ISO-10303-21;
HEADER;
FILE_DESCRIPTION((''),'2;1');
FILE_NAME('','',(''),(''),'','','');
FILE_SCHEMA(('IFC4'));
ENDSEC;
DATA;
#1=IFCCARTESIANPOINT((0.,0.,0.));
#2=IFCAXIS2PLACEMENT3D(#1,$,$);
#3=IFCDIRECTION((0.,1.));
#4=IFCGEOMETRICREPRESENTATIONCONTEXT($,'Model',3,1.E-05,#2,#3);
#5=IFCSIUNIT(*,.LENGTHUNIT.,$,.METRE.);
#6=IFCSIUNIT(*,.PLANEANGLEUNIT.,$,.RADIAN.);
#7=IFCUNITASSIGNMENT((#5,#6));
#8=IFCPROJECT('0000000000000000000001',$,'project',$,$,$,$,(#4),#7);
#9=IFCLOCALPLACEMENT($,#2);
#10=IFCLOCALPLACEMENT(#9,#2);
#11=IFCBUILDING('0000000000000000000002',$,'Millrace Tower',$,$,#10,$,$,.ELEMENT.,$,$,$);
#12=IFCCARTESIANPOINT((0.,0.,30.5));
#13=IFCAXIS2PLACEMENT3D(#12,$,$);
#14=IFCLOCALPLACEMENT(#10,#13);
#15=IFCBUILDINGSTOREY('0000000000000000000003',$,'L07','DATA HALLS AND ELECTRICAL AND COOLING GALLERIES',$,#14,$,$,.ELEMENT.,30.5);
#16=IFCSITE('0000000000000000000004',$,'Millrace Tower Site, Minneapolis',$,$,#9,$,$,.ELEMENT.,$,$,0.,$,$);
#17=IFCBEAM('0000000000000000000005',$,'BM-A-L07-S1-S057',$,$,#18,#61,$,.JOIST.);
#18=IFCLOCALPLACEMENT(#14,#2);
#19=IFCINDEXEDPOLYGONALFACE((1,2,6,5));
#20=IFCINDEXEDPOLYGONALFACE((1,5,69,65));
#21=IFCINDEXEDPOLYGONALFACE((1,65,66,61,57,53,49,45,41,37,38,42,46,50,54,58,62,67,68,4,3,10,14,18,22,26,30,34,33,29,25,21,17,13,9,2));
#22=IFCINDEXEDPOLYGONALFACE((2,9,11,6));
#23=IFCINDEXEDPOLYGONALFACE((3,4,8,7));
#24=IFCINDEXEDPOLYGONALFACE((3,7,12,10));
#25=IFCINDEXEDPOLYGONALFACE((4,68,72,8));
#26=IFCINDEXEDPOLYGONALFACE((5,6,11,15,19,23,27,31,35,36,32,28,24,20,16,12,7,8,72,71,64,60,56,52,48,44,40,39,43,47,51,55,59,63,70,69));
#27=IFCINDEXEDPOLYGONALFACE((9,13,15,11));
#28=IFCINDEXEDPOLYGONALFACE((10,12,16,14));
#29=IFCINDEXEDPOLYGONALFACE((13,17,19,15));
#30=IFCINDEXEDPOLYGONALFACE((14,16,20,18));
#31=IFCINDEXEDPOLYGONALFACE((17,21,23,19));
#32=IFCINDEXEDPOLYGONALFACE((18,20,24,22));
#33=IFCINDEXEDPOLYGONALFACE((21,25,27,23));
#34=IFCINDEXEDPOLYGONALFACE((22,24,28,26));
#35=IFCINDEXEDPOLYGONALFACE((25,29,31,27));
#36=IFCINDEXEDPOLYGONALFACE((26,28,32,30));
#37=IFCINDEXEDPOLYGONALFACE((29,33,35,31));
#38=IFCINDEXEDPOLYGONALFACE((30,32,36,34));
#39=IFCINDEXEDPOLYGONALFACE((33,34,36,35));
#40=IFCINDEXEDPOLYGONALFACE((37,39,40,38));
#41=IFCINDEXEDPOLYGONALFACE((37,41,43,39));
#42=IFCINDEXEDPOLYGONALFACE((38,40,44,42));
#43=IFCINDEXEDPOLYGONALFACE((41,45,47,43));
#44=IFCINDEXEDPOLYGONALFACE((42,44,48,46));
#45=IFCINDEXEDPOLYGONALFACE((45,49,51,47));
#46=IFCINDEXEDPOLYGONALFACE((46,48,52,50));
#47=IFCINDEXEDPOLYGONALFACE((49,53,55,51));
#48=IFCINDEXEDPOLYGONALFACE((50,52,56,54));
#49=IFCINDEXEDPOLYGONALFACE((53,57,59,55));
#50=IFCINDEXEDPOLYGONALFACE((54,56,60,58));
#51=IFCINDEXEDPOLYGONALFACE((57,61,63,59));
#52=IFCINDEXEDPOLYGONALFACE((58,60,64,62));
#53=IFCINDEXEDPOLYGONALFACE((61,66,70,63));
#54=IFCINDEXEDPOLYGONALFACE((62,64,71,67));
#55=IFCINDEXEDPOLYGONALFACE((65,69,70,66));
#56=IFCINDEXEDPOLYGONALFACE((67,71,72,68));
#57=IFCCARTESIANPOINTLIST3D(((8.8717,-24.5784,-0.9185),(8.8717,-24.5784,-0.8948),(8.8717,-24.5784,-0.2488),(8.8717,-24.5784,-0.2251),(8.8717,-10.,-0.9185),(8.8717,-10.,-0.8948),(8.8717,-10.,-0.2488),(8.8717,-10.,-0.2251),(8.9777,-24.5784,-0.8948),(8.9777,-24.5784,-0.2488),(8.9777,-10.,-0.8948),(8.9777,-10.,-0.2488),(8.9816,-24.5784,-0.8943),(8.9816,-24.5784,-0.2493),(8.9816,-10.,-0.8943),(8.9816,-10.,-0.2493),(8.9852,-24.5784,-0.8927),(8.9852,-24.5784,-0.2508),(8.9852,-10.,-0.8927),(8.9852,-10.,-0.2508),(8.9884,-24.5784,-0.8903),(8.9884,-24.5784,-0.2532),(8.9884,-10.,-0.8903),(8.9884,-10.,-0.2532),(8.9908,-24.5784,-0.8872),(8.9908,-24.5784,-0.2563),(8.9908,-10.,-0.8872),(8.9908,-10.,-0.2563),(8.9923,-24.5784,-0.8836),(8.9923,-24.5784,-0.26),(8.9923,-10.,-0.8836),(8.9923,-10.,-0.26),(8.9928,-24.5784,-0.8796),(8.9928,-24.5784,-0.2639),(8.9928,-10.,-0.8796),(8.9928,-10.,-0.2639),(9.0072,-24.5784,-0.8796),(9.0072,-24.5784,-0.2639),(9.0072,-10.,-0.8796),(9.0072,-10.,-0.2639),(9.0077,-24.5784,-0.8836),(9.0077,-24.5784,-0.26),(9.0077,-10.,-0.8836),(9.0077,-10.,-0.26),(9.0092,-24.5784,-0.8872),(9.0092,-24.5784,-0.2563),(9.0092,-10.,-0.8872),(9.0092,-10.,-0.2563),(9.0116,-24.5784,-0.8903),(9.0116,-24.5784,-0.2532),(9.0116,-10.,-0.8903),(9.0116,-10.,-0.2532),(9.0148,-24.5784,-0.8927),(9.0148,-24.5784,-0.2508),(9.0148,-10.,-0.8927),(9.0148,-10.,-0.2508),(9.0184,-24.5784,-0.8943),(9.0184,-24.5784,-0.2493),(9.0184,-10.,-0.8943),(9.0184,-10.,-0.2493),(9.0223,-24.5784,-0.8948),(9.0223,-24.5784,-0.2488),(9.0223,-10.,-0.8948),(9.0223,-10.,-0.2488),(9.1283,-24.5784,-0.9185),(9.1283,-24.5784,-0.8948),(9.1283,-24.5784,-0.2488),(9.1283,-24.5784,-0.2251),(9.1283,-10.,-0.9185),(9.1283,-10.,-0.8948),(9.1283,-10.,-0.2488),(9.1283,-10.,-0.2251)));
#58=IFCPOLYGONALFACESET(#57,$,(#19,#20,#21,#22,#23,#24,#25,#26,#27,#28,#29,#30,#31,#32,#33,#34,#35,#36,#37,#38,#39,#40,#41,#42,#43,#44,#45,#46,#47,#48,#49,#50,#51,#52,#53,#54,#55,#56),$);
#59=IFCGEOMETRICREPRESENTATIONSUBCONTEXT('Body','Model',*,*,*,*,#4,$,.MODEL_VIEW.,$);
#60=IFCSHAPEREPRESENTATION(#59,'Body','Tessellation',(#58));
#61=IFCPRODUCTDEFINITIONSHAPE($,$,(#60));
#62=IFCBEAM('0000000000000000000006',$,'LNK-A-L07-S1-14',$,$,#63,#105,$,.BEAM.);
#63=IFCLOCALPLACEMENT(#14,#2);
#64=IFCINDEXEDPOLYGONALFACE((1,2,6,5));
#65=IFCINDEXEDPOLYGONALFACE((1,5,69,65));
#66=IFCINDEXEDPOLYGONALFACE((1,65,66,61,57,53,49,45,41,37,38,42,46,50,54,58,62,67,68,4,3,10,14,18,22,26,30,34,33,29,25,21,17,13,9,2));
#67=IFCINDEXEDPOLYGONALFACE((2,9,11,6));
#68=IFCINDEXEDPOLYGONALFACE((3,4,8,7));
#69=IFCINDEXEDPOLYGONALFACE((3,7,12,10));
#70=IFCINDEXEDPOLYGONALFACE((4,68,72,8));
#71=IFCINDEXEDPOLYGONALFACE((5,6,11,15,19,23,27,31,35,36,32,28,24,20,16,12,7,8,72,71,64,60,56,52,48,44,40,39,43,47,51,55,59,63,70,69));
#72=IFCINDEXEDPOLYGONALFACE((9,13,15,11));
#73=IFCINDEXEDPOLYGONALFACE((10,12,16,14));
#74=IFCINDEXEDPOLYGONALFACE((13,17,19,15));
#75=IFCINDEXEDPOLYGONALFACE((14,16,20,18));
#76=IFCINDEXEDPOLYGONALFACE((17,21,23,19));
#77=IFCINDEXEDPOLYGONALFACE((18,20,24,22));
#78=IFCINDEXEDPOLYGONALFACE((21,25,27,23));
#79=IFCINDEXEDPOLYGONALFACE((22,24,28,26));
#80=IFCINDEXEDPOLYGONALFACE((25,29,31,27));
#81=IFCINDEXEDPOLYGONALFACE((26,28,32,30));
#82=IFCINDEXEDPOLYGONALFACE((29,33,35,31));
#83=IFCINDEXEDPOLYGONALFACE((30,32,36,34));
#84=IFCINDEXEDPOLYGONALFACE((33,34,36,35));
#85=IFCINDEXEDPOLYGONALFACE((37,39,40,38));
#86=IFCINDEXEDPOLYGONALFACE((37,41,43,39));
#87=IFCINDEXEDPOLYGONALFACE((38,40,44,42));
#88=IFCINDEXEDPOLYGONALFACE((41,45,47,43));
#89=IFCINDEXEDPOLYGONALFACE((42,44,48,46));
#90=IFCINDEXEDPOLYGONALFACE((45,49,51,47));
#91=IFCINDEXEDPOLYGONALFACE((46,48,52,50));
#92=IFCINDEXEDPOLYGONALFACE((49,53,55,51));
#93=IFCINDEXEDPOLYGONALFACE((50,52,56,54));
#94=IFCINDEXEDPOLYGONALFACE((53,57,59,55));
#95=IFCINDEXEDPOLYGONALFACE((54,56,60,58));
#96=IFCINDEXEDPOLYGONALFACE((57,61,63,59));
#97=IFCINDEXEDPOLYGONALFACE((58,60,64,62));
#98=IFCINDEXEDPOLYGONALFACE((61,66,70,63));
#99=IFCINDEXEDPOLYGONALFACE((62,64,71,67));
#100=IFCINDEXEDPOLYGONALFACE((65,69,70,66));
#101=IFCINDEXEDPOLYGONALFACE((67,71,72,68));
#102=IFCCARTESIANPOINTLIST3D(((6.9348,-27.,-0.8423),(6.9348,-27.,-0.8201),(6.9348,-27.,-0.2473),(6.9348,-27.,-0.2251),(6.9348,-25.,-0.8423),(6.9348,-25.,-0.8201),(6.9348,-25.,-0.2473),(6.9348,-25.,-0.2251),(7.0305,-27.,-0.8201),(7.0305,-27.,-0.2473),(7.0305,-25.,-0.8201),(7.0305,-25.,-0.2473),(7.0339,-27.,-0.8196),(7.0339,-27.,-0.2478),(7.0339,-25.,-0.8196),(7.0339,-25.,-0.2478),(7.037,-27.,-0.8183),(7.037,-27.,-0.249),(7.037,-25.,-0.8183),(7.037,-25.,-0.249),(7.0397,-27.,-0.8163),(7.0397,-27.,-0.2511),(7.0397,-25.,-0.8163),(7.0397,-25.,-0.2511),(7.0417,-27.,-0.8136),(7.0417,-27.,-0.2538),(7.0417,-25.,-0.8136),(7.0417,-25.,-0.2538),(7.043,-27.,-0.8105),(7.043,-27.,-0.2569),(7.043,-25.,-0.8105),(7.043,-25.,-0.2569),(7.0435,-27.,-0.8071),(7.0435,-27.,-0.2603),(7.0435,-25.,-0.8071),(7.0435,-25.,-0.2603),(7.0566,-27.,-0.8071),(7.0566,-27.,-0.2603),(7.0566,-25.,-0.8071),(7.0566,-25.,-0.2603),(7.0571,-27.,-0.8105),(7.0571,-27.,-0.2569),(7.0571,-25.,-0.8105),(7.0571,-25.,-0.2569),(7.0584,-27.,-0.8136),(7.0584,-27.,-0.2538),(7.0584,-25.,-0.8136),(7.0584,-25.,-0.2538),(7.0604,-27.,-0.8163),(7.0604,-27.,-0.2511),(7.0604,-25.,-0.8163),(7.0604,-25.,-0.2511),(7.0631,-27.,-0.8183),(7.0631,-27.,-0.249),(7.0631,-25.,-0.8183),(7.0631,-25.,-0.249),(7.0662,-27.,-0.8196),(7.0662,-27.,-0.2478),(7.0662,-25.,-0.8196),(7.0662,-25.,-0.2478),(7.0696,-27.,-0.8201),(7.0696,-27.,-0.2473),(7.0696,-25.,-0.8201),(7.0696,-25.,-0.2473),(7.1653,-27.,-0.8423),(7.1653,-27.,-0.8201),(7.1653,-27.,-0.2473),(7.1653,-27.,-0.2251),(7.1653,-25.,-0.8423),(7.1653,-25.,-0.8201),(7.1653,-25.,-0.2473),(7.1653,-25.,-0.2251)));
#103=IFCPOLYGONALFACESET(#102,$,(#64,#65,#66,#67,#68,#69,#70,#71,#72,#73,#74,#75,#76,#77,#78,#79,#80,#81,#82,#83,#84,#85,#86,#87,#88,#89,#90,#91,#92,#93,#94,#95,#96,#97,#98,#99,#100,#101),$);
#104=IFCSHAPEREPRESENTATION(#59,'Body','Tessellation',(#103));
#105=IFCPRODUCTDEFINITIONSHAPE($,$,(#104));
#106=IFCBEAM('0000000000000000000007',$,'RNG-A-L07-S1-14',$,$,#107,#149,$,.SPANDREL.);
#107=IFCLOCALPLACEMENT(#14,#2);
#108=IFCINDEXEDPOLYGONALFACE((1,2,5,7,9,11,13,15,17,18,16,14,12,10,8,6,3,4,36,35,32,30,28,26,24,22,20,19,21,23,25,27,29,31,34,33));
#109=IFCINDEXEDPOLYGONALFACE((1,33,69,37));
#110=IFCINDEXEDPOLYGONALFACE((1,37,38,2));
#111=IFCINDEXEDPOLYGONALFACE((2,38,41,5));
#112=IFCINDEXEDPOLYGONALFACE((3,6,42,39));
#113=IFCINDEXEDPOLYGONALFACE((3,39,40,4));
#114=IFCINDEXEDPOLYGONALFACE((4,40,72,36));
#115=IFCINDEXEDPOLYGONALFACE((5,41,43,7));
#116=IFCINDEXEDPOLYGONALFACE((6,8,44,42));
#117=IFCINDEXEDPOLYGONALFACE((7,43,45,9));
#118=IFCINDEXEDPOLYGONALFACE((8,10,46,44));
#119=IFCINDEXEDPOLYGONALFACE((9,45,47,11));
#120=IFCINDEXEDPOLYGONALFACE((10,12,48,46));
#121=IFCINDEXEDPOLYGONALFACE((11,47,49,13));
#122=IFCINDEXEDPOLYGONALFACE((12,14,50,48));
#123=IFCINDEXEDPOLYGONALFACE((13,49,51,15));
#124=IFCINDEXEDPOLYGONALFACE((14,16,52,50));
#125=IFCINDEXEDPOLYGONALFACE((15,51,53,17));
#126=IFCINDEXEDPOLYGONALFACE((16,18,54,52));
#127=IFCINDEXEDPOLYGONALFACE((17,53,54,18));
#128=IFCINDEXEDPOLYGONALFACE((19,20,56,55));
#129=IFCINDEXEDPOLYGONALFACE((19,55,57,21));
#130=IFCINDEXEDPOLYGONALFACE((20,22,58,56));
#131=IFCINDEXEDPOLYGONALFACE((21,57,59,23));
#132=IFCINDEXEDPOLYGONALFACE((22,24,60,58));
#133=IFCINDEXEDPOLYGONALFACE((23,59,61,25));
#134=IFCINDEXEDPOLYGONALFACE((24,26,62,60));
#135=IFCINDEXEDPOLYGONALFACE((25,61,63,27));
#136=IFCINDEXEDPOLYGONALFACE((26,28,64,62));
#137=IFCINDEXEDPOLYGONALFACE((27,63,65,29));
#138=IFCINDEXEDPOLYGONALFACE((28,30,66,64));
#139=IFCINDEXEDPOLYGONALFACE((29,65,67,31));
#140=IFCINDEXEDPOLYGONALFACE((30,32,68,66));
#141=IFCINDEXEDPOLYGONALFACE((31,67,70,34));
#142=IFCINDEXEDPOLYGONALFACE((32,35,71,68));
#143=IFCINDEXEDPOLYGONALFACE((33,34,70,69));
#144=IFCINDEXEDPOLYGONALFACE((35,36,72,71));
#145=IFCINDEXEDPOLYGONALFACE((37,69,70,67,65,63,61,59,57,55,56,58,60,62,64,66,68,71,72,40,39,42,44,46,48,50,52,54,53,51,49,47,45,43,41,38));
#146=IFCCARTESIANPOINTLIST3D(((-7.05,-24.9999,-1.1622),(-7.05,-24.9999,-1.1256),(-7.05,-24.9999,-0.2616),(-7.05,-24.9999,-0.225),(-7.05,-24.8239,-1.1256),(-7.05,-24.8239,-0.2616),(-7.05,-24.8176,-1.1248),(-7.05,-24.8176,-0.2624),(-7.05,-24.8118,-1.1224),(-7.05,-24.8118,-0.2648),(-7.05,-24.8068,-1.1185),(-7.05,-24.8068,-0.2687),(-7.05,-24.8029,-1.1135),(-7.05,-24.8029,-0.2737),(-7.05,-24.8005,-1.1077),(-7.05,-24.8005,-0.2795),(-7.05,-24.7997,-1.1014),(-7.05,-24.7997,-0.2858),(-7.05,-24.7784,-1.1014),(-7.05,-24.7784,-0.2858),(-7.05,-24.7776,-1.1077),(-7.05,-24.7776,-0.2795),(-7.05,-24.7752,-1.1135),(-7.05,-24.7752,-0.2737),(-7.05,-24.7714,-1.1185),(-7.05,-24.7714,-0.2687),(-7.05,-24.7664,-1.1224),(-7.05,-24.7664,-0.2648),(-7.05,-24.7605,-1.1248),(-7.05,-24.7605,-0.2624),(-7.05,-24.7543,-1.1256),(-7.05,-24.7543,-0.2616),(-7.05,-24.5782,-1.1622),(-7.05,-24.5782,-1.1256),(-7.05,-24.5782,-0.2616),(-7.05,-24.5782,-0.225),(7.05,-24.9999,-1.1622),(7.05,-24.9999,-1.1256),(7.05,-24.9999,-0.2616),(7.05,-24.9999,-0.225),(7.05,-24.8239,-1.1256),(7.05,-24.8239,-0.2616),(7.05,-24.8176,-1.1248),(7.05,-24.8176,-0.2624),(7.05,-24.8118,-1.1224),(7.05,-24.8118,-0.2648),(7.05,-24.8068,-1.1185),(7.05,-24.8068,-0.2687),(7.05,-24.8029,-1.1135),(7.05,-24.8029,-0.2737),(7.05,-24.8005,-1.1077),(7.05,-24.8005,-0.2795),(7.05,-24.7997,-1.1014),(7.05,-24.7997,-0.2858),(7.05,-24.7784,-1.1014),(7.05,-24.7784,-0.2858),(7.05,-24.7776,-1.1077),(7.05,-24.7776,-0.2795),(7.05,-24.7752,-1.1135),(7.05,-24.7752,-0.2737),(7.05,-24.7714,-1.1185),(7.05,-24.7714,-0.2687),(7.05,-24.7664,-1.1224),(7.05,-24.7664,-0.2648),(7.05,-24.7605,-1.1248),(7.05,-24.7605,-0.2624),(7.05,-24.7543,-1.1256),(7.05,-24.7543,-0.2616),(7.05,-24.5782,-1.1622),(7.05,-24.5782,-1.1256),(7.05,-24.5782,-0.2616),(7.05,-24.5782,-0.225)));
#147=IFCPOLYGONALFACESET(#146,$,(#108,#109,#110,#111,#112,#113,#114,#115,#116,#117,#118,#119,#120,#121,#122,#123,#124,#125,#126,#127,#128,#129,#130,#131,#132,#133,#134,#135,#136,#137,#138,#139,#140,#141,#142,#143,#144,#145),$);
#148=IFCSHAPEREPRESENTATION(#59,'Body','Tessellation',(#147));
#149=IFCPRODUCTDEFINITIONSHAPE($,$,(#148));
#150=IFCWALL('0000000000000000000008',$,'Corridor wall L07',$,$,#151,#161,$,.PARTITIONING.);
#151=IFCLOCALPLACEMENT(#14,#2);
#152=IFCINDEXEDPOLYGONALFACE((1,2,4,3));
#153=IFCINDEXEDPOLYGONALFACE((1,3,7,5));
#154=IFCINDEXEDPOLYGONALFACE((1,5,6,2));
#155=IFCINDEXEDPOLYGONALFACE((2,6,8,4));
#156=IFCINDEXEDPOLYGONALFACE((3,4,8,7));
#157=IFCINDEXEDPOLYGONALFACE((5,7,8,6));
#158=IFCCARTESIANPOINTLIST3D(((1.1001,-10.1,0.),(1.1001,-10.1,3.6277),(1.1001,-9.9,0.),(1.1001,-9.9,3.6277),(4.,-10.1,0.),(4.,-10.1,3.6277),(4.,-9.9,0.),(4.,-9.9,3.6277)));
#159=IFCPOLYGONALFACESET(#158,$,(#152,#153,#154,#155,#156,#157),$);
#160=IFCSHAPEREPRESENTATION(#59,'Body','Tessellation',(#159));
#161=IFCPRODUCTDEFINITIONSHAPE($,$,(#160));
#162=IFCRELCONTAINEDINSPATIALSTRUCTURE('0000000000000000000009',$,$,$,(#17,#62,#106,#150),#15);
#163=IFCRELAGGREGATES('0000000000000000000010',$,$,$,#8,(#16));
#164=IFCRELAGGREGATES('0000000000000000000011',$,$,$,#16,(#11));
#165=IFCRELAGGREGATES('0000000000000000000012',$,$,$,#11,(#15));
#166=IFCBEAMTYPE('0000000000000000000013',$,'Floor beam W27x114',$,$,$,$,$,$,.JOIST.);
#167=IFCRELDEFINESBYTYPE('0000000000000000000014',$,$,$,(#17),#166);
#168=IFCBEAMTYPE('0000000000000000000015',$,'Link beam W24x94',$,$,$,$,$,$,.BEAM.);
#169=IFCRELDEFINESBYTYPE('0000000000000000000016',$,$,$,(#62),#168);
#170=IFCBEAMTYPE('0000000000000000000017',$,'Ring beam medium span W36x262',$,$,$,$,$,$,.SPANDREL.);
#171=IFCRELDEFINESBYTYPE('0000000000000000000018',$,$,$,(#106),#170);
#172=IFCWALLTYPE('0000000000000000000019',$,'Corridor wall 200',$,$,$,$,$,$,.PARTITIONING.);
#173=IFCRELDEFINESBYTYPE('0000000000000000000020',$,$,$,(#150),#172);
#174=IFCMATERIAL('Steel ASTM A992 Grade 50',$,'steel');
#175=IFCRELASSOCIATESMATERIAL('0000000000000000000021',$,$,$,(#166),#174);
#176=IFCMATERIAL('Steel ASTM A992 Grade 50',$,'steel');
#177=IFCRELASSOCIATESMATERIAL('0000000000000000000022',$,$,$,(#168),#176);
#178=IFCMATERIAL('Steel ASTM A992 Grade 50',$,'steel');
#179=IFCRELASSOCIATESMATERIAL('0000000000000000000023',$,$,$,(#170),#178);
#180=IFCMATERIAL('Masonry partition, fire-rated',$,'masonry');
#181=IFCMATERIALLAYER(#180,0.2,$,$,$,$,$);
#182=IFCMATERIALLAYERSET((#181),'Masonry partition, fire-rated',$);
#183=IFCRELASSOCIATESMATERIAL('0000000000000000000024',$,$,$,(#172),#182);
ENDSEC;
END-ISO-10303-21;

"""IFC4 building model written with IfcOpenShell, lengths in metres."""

from ifc_helpers import new_model, si_unit, direction, frame, frame_2d, origin, origin_2d, place, context, subcontext, project, spatial, rectangle, i_section, extrude, material, layer, layer_set, material_profile, profile_set, type_object, element, save


model = new_model("IFC4")

# Units and contexts
model_context = context("Model", 3, precision=1e-05, world=origin(), true_north=direction((0.0, 1.0)))
body_context = subcontext(model_context, "Body", "Model", "MODEL_VIEW")
ifc_project = project(units=[si_unit("LENGTHUNIT", "METRE"), si_unit("PLANEANGLEUNIT", "RADIAN")], contexts=[model_context])

# Site, building, storey
site_placement = place(None, origin())
site = spatial("IfcSite", under=ifc_project, at=site_placement, Name="Millrace Tower Site, Minneapolis", CompositionType="ELEMENT", RefElevation=0.0)
building_placement = place(site_placement, origin())
building = spatial("IfcBuilding", under=site, at=building_placement, Name="Millrace Tower", CompositionType="ELEMENT")
storey_placement = place(building_placement, frame((0.0, 0.0, 30.5)))
storey = spatial("IfcBuildingStorey", under=building, at=storey_placement, Name="L07", Description="DATA HALLS AND ELECTRICAL AND COOLING GALLERIES", CompositionType="ELEMENT", Elevation=30.5)

# Beams
ifc_material_1 = material(Name="Steel ASTM A992 Grade 50", Category="steel")
ifc_material_profile_1 = material_profile(ifc_material_1, i_section(OverallWidth=0.2566, OverallDepth=0.6934, WebThickness=0.0144, FlangeThickness=0.0237, FilletRadius=0.0151, at=origin_2d()))
ifc_profile_set_1 = profile_set([ifc_material_profile_1], Name="Steel ASTM A992 Grade 50")
beam_type_1 = type_object("IfcBeamType", Name="Floor beam W27x114", PredefinedType="JOIST", material=ifc_profile_set_1)
for number, where, z_axis, x_axis, name in (
    (1, (9.0, -24.5784, -0.5718), (0.0, 1.0, 0.0), (-1.0, 0.0, 0.0), "BM-A-L07-S1-S057"),
):
    element("IfcBeam", number, at=place(storey_placement, frame(where, z_axis=z_axis, x_axis=x_axis)), inside=storey, type_object=beam_type_1, Name=name, PredefinedType="JOIST", context=body_context, shape_type="SweptSolid", body=[
        extrude(i_section(OverallWidth=0.2566, OverallDepth=0.6934, WebThickness=0.0144, FlangeThickness=0.0237, FilletRadius=0.0151, at=origin_2d()), origin(), (0.0, 0.0, 1.0), 14.5784),
    ])
ifc_material_2 = material(Name="Steel ASTM A992 Grade 50", Category="steel")
ifc_material_profile_2 = material_profile(ifc_material_2, i_section(OverallWidth=0.2305, OverallDepth=0.6172, WebThickness=0.0132, FlangeThickness=0.0222, FilletRadius=0.0129, at=origin_2d()))
ifc_profile_set_2 = profile_set([ifc_material_profile_2], Name="Steel ASTM A992 Grade 50")
beam_type_2 = type_object("IfcBeamType", Name="Link beam W24x94", PredefinedType="BEAM", material=ifc_profile_set_2)
beam_1_placement = place(storey_placement, frame((7.05, -25.0, -0.5337), z_axis=(0.0, -1.0, 0.0), x_axis=(1.0, 0.0, 0.0)))
element("IfcBeam", 2, at=beam_1_placement, inside=storey, type_object=beam_type_2, Name="LNK-A-L07-S1-14", PredefinedType="BEAM", context=body_context, shape_type="SweptSolid", body=[
    extrude(i_section(OverallWidth=0.2305, OverallDepth=0.6172, WebThickness=0.0132, FlangeThickness=0.0222, FilletRadius=0.0129, at=origin_2d()), origin(), (0.0, 0.0, 1.0), 2.0),
])
ifc_material_3 = material(Name="Steel ASTM A992 Grade 50", Category="steel")
ifc_material_profile_3 = material_profile(ifc_material_3, i_section(OverallWidth=0.4216, OverallDepth=0.9373, WebThickness=0.0212, FlangeThickness=0.0366, FilletRadius=0.0242, at=origin_2d()))
ifc_profile_set_3 = profile_set([ifc_material_profile_3], Name="Steel ASTM A992 Grade 50")
beam_type_3 = type_object("IfcBeamType", Name="Ring beam medium span W36x262", PredefinedType="SPANDREL", material=ifc_profile_set_3)
beam_2_placement = place(storey_placement, frame((7.05, -24.7891, -0.6936), z_axis=(-1.0, 0.0, 0.0), x_axis=(0.0, -1.0, 0.0)))
element("IfcBeam", 3, at=beam_2_placement, inside=storey, type_object=beam_type_3, Name="RNG-A-L07-S1-14", PredefinedType="SPANDREL", context=body_context, shape_type="SweptSolid", body=[
    extrude(i_section(OverallWidth=0.4216, OverallDepth=0.9373, WebThickness=0.0212, FlangeThickness=0.0366, FilletRadius=0.0242, at=origin_2d()), origin(), (0.0, 0.0, 1.0), 14.1001),
])

# Wall
ifc_material_4 = material(Name="Masonry partition, fire-rated", Category="masonry")
ifc_layer_1 = layer(ifc_material_4, 0.2)
ifc_layer_set_1 = layer_set([ifc_layer_1], Name="Masonry partition, fire-rated")
wall_type_1 = type_object("IfcWallType", Name="Corridor wall 200", PredefinedType="PARTITIONING", material=ifc_layer_set_1)
wall_1_placement = place(storey_placement, frame((1.1001, -10.0, 0.0), z_axis=(0.0, 0.0, 1.0), x_axis=(1.0, 0.0, 0.0)))
element("IfcWall", 4, at=wall_1_placement, inside=storey, type_object=wall_type_1, Name="Corridor wall L07", PredefinedType="PARTITIONING", context=body_context, shape_type="SweptSolid", body=[
    extrude(rectangle(XDim=2.8999, YDim=0.2, at=frame_2d((1.45, 0.0))), origin(), (0.0, 0.0, 1.0), 3.6277),
])

save(model, "model.ifc")
